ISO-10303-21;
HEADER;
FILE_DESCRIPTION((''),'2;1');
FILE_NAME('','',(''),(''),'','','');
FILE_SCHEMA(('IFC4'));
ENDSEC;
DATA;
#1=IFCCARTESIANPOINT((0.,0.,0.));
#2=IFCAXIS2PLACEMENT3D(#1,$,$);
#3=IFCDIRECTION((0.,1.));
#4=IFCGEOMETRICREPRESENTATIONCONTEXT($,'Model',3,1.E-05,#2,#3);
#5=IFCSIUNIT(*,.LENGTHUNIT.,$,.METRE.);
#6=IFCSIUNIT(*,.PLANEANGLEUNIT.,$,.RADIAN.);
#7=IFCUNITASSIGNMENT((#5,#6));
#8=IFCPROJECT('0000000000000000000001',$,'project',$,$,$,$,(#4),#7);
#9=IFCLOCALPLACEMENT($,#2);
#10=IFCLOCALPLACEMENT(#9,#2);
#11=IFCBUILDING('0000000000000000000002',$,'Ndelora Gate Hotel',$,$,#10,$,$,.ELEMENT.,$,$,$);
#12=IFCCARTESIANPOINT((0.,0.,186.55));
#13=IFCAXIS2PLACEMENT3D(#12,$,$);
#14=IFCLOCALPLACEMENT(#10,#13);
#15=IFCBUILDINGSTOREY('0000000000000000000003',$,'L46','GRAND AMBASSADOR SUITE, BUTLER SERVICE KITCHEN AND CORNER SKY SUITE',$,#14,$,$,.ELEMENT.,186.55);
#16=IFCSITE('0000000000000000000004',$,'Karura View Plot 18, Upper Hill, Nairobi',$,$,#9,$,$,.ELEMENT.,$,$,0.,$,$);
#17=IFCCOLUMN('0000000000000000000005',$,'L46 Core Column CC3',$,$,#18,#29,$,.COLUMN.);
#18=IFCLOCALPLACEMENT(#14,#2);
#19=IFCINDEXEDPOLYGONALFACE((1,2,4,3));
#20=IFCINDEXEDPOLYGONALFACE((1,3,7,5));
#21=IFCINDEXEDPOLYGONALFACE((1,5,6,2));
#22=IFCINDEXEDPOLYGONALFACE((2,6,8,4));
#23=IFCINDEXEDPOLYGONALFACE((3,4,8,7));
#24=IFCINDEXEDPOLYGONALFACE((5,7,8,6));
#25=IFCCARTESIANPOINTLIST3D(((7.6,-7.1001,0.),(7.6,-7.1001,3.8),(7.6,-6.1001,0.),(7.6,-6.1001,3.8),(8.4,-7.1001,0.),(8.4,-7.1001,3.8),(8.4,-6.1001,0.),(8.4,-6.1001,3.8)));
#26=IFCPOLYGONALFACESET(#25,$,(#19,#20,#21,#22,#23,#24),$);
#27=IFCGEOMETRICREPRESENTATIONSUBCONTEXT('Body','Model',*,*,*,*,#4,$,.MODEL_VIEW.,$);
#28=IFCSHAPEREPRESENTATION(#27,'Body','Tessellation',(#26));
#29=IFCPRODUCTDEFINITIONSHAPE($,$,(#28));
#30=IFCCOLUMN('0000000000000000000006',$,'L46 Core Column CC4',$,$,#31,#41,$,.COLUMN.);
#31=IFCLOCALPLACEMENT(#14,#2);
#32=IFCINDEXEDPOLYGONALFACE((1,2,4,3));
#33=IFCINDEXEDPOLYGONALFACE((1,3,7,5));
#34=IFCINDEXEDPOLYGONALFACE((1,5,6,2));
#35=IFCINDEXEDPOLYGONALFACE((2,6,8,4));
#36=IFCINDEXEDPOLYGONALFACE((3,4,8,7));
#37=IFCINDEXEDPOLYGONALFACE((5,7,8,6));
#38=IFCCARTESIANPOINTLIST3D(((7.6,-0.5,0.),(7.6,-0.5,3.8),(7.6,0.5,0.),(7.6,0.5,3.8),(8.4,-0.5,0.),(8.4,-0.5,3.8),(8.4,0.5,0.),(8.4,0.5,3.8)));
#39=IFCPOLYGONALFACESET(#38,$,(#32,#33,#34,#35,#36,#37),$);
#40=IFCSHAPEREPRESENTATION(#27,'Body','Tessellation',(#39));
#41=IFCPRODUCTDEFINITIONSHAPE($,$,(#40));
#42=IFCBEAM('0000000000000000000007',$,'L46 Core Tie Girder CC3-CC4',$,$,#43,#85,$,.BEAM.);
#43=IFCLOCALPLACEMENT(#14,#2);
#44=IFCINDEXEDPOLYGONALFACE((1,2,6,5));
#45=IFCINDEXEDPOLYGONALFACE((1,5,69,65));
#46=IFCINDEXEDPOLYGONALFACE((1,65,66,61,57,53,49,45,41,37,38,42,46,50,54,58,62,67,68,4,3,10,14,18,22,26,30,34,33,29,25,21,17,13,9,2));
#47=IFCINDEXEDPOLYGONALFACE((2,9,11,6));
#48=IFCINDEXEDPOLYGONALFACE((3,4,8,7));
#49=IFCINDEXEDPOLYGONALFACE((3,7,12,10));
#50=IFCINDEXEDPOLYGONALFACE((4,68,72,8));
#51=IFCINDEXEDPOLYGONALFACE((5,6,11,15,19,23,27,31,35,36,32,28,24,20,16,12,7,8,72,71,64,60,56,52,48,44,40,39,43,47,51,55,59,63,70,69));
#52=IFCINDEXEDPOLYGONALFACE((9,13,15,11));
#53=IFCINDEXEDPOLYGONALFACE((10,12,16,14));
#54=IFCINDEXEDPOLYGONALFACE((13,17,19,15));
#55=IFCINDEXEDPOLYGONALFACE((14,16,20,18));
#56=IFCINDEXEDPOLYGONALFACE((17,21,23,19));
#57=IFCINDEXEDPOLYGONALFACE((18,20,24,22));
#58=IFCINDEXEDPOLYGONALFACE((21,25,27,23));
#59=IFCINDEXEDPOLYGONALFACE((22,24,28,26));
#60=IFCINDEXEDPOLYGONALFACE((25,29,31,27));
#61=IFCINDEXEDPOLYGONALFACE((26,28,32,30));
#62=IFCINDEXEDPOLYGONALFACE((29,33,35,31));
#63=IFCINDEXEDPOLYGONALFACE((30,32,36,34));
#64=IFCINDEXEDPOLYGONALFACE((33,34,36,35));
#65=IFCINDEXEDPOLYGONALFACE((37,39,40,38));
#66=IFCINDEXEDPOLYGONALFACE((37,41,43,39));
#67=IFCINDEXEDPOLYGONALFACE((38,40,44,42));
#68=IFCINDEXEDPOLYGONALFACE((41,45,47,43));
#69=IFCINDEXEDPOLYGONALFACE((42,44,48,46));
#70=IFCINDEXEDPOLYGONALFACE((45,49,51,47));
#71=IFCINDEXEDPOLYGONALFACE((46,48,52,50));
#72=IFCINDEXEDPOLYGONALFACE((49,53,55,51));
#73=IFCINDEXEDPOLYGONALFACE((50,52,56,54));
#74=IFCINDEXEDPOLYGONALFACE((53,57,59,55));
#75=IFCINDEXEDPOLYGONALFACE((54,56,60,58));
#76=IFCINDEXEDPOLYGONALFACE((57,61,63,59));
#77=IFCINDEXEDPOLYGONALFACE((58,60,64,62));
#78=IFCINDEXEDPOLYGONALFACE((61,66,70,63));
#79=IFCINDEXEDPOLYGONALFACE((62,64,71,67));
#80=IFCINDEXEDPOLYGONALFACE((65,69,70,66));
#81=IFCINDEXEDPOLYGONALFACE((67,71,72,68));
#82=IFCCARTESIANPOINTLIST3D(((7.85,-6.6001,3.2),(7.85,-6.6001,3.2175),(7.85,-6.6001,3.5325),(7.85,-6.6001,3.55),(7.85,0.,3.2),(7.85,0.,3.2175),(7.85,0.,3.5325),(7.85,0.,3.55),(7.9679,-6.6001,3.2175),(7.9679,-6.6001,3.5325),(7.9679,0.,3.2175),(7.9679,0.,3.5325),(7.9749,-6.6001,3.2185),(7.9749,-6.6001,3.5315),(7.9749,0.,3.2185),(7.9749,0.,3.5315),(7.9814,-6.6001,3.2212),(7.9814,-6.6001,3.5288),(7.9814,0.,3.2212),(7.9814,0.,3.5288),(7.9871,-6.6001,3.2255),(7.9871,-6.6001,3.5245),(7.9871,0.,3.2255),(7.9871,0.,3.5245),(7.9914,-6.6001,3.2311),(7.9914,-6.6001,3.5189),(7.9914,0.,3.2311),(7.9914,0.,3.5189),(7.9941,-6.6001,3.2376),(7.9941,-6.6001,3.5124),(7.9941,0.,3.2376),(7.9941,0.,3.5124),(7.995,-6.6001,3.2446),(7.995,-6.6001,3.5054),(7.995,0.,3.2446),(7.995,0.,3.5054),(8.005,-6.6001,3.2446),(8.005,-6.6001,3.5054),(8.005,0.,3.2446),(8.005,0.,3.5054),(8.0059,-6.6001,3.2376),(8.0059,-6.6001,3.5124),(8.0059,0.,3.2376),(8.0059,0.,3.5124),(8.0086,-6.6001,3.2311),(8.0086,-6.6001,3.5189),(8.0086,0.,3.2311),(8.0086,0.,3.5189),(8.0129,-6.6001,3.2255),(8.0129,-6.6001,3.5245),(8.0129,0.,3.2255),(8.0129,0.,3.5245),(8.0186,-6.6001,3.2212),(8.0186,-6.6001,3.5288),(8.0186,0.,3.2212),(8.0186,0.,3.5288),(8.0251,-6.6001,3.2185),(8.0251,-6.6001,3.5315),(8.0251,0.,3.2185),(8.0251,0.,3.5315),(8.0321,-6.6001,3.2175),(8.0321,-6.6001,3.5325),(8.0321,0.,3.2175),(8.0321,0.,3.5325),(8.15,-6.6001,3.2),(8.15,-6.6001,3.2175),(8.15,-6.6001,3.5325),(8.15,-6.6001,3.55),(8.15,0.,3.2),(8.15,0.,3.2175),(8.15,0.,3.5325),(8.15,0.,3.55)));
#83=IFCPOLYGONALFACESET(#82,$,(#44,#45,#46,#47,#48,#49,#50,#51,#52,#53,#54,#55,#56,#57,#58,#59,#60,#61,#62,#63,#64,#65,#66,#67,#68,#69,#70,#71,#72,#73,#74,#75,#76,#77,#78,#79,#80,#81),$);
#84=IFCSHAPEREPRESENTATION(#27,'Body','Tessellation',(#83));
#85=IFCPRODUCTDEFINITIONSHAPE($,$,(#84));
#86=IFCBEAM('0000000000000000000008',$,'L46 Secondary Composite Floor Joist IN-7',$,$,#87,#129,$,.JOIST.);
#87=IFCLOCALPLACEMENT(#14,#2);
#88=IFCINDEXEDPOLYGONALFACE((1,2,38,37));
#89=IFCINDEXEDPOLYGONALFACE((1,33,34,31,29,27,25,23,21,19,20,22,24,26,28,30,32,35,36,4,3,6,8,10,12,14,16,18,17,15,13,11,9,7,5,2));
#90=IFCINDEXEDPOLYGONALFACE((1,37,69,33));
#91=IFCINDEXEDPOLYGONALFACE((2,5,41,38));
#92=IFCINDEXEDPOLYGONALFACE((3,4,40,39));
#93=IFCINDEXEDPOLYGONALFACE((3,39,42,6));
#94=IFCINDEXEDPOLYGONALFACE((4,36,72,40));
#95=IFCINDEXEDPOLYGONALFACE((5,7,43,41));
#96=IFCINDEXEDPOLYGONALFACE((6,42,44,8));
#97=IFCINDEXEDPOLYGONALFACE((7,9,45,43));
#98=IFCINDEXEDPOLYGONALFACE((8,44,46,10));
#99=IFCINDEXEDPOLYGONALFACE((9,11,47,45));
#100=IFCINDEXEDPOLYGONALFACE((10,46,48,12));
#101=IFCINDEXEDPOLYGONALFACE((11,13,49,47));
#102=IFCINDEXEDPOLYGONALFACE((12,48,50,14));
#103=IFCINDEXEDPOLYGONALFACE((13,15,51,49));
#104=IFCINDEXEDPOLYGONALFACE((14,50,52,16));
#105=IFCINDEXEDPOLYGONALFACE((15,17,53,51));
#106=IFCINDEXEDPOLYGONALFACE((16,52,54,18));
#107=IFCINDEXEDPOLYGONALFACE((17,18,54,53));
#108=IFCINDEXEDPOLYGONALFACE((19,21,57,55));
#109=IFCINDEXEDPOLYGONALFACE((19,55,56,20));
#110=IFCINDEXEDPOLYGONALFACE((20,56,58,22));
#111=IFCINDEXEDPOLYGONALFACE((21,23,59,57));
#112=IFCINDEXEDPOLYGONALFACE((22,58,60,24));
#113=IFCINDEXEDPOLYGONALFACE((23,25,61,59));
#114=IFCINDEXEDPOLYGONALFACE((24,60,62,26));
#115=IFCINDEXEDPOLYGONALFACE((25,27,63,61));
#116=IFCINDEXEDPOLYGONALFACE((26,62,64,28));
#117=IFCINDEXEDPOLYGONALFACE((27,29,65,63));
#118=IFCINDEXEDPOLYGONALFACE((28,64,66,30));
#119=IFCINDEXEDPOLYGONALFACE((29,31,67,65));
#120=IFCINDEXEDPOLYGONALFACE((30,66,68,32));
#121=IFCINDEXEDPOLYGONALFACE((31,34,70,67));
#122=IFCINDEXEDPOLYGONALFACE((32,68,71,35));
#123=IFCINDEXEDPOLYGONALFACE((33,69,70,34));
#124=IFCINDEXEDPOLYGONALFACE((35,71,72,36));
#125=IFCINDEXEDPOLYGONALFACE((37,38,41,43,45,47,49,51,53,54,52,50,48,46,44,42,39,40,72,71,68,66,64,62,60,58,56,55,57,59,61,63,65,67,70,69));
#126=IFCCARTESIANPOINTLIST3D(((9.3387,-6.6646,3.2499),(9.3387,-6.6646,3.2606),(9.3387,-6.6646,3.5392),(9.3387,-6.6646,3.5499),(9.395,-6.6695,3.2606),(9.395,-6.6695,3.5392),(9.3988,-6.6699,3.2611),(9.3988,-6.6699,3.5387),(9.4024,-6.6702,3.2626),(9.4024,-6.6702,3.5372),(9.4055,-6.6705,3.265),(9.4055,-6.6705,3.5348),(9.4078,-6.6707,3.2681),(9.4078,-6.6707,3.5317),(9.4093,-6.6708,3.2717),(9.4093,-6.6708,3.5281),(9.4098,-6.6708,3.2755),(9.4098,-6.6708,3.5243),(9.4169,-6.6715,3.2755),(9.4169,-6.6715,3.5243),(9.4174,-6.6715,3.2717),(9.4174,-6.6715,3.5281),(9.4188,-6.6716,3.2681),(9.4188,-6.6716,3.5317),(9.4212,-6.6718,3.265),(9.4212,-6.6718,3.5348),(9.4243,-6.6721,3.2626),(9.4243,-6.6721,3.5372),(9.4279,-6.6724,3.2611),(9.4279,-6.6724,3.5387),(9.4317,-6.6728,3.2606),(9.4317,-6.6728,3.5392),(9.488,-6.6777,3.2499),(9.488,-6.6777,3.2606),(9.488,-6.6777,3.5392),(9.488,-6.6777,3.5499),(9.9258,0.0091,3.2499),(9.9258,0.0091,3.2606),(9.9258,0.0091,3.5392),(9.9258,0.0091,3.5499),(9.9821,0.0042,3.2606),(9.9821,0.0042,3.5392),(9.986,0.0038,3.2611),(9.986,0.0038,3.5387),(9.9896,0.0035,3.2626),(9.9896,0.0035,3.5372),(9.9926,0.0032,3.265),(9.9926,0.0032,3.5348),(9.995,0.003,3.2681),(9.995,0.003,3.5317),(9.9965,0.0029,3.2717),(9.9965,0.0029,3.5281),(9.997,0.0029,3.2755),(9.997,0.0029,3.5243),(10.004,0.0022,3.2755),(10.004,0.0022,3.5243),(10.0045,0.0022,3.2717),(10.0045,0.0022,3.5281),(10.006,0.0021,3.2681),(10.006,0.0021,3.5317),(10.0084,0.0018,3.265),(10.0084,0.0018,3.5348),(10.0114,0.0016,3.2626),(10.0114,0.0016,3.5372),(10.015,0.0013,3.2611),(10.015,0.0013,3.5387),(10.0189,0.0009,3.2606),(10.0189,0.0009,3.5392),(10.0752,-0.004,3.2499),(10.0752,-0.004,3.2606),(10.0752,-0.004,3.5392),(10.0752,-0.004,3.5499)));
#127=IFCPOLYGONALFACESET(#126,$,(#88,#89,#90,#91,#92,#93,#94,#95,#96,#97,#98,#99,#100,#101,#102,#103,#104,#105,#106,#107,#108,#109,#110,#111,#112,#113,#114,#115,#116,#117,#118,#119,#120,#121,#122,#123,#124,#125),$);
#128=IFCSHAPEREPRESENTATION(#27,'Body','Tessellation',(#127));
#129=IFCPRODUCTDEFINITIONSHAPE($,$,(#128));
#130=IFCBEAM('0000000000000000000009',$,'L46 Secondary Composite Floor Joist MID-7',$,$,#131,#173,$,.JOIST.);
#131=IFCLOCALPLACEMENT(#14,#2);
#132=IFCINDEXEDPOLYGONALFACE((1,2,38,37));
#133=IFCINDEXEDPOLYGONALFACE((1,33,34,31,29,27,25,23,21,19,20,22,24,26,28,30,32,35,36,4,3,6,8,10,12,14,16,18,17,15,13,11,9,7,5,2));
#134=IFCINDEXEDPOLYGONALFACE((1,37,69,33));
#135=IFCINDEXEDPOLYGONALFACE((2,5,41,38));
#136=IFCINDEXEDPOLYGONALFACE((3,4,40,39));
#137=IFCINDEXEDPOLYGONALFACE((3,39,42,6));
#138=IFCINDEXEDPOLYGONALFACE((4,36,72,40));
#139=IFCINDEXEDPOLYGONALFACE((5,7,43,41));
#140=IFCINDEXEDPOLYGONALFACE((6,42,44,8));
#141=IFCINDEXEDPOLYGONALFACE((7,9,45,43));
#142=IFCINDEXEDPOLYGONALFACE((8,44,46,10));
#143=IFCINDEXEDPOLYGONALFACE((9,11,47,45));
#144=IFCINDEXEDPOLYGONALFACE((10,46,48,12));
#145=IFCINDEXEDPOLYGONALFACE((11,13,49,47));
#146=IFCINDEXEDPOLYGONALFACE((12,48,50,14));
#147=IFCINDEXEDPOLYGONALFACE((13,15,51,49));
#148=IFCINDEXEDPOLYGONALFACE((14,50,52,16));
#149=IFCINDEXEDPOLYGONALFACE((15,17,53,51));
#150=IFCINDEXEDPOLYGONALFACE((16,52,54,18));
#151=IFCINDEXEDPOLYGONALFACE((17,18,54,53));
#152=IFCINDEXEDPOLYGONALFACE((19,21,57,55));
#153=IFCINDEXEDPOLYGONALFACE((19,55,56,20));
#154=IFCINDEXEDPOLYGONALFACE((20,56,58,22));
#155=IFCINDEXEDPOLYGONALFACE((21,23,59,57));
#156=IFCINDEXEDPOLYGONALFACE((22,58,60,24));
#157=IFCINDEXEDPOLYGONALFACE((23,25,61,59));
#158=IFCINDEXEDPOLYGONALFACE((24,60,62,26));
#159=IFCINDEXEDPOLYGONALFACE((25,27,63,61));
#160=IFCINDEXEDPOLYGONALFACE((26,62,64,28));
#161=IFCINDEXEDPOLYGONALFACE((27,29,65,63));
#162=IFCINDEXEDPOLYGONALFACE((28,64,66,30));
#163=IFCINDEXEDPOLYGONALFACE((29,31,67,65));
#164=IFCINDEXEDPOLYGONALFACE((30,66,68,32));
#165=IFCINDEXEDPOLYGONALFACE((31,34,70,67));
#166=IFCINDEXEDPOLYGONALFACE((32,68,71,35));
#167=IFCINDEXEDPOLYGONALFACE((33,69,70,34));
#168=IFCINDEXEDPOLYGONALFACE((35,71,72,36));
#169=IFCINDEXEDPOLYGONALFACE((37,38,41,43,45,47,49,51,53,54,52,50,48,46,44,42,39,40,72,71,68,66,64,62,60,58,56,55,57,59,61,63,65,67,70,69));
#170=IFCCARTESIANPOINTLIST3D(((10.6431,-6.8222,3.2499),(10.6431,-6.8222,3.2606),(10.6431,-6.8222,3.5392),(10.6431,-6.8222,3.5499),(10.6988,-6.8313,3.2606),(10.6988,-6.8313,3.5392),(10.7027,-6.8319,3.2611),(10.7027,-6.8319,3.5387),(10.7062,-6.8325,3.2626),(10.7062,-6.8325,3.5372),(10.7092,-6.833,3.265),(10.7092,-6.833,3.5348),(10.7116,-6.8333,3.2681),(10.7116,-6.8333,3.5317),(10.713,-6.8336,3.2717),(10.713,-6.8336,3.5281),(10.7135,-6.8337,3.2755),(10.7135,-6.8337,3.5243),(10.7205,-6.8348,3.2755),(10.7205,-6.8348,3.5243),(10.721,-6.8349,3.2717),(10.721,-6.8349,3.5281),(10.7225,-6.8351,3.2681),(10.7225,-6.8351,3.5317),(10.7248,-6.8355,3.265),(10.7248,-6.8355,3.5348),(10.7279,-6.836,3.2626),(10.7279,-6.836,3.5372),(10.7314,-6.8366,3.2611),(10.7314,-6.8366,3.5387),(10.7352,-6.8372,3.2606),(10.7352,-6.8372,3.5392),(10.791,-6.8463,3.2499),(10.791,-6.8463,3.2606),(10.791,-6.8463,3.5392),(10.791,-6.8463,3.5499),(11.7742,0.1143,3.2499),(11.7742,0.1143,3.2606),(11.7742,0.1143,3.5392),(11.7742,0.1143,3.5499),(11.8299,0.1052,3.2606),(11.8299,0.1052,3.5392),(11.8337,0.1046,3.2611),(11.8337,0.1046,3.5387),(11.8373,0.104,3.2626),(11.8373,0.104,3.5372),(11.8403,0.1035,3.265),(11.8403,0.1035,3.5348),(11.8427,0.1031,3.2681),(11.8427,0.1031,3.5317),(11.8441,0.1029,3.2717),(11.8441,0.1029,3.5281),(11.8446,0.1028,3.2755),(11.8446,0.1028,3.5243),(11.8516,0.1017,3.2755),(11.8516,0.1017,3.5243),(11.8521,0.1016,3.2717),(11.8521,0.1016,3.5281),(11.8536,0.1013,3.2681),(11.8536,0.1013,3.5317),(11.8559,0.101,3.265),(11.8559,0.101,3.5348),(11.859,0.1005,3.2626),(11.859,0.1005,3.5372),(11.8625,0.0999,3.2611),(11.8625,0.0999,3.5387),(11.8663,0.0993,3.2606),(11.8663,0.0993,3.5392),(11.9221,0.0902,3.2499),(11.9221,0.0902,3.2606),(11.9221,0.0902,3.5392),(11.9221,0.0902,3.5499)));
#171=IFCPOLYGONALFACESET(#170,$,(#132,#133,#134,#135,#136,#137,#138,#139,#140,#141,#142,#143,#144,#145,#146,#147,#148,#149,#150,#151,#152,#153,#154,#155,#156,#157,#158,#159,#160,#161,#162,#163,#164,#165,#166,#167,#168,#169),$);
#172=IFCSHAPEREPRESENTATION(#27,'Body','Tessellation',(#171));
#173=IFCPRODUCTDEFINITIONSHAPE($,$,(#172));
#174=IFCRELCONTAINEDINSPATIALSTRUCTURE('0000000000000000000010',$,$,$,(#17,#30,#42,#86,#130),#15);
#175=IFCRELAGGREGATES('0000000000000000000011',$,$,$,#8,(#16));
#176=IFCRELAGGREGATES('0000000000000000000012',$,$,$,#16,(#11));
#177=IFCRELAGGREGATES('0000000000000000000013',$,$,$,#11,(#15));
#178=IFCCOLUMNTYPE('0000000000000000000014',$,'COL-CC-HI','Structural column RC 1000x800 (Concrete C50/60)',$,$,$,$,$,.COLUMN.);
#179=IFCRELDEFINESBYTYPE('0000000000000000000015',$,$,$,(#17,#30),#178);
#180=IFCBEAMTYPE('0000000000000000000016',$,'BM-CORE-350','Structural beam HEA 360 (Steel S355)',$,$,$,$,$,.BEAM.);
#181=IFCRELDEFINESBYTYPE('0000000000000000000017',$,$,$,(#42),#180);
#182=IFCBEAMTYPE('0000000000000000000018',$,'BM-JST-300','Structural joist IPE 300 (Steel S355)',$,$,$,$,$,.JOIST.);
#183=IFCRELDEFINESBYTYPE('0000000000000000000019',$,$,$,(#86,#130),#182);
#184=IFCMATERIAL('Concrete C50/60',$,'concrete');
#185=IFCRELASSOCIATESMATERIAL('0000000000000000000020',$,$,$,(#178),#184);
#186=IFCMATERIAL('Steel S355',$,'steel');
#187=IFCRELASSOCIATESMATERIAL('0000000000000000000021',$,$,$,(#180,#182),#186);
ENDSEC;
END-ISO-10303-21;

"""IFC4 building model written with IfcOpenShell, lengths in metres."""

from ifc_helpers import new_model, si_unit, direction, frame, origin, origin_2d, place, context, subcontext, project, spatial, rectangle, i_section, extrude, material, material_profile, profile_set, type_object, element, save


model = new_model("IFC4")

# Units and contexts
model_context = context("Model", 3, precision=1e-05, world=origin(), true_north=direction((0.0, 1.0)))
body_context = subcontext(model_context, "Body", "Model", "MODEL_VIEW")
ifc_project = project(units=[si_unit("LENGTHUNIT", "METRE"), si_unit("PLANEANGLEUNIT", "RADIAN")], contexts=[model_context])

# Site, building, storey
site_placement = place(None, origin())
site = spatial("IfcSite", under=ifc_project, at=site_placement, Name="Karura View Plot 18, Upper Hill, Nairobi", CompositionType="ELEMENT", RefElevation=0.0)
building_placement = place(site_placement, origin())
building = spatial("IfcBuilding", under=site, at=building_placement, Name="Ndelora Gate Hotel", CompositionType="ELEMENT")
storey_placement = place(building_placement, frame((0.0, 0.0, 186.55)))
storey = spatial("IfcBuildingStorey", under=building, at=storey_placement, Name="L46", Description="GRAND AMBASSADOR SUITE, BUTLER SERVICE KITCHEN AND CORNER SKY SUITE", CompositionType="ELEMENT", Elevation=186.55)

# Columns
ifc_material_1 = material(Name="Concrete C50/60", Category="concrete")
ifc_material_profile_1 = material_profile(ifc_material_1, rectangle(XDim=0.8, YDim=1.0, at=origin_2d()), Name="RC 1000x800")
ifc_profile_set_1 = profile_set([ifc_material_profile_1], Name="Concrete C50/60")
column_type = type_object("IfcColumnType", Name="COL-CC-HI", Description="Structural column RC 1000x800 (Concrete C50/60)", PredefinedType="COLUMN", material=ifc_profile_set_1)
for number, where, z_axis, x_axis, name in (
    (1, (8.0, -6.6001, 0.0), (0.0, 0.0, 1.0), (1.0, 0.0, 0.0), "L46 Core Column CC3"),
    (2, (8.0, 0.0, 0.0), (0.0, 0.0, 1.0), (1.0, 0.0, 0.0), "L46 Core Column CC4"),
):
    element("IfcColumn", number, at=place(storey_placement, frame(where, z_axis=z_axis, x_axis=x_axis)), inside=storey, type_object=column_type, Name=name, PredefinedType="COLUMN", context=body_context, shape_type="SweptSolid", body=[
        extrude(rectangle(XDim=0.8, YDim=1.0, at=origin_2d()), origin(), (0.0, 0.0, 1.0), 3.8),
    ])

# Beams
ifc_material_2 = material(Name="Steel S355", Category="steel")
ifc_material_profile_2 = material_profile(ifc_material_2, i_section(OverallWidth=0.3, OverallDepth=0.3501, WebThickness=0.01, FlangeThickness=0.0176, FilletRadius=0.0271, at=origin_2d()), Name="HEA 360")
ifc_profile_set_2 = profile_set([ifc_material_profile_2], Name="Steel S355")
beam_type_1 = type_object("IfcBeamType", Name="BM-CORE-350", Description="Structural beam HEA 360 (Steel S355)", PredefinedType="BEAM", material=ifc_profile_set_2)
beam_1_placement = place(storey_placement, frame((8.0, -6.6001, 3.375), z_axis=(0.0, 1.0, 0.0), x_axis=(-1.0, 0.0, 0.0)))
element("IfcBeam", 3, at=beam_1_placement, inside=storey, type_object=beam_type_1, Name="L46 Core Tie Girder CC3-CC4", PredefinedType="BEAM", context=body_context, shape_type="SweptSolid", body=[
    extrude(i_section(OverallWidth=0.3, OverallDepth=0.3501, WebThickness=0.01, FlangeThickness=0.0176, FilletRadius=0.0271, at=origin_2d()), origin(), (0.0, 0.0, 1.0), 6.6001),
])
ifc_material_profile_3 = material_profile(ifc_material_2, i_section(OverallWidth=0.1499, OverallDepth=0.3, WebThickness=0.0071, FlangeThickness=0.0107, FilletRadius=0.0149, at=origin_2d()), Name="IPE 300")
ifc_profile_set_3 = profile_set([ifc_material_profile_3], Name="Steel S355")
beam_type_2 = type_object("IfcBeamType", Name="BM-JST-300", Description="Structural joist IPE 300 (Steel S355)", PredefinedType="JOIST", material=ifc_profile_set_3)
beam_2_placement = place(storey_placement, frame((9.4133, -6.6711, 3.3999), z_axis=(0.087644, 0.996152, 0.0), x_axis=(-0.996152, 0.087644, 0.0)))
element("IfcBeam", 4, at=beam_2_placement, inside=storey, type_object=beam_type_2, Name="L46 Secondary Composite Floor Joist IN-7", PredefinedType="JOIST", context=body_context, shape_type="SweptSolid", body=[
    extrude(i_section(OverallWidth=0.1499, OverallDepth=0.3, WebThickness=0.0071, FlangeThickness=0.0107, FilletRadius=0.0149, at=origin_2d()), origin(), (0.0, 0.0, 1.0), 6.6995),
])
beam_3_placement = place(storey_placement, frame((10.717, -6.8342, 3.3999), z_axis=(0.160939, 0.986964, 0.0), x_axis=(-0.986964, 0.160939, 0.0)))
element("IfcBeam", 5, at=beam_3_placement, inside=storey, type_object=beam_type_2, Name="L46 Secondary Composite Floor Joist MID-7", PredefinedType="JOIST", context=body_context, shape_type="SweptSolid", body=[
    extrude(i_section(OverallWidth=0.1499, OverallDepth=0.3, WebThickness=0.0071, FlangeThickness=0.0107, FilletRadius=0.0149, at=origin_2d()), origin(), (0.0, 0.0, 1.0), 7.0281),
])

save(model, "model.ifc")
